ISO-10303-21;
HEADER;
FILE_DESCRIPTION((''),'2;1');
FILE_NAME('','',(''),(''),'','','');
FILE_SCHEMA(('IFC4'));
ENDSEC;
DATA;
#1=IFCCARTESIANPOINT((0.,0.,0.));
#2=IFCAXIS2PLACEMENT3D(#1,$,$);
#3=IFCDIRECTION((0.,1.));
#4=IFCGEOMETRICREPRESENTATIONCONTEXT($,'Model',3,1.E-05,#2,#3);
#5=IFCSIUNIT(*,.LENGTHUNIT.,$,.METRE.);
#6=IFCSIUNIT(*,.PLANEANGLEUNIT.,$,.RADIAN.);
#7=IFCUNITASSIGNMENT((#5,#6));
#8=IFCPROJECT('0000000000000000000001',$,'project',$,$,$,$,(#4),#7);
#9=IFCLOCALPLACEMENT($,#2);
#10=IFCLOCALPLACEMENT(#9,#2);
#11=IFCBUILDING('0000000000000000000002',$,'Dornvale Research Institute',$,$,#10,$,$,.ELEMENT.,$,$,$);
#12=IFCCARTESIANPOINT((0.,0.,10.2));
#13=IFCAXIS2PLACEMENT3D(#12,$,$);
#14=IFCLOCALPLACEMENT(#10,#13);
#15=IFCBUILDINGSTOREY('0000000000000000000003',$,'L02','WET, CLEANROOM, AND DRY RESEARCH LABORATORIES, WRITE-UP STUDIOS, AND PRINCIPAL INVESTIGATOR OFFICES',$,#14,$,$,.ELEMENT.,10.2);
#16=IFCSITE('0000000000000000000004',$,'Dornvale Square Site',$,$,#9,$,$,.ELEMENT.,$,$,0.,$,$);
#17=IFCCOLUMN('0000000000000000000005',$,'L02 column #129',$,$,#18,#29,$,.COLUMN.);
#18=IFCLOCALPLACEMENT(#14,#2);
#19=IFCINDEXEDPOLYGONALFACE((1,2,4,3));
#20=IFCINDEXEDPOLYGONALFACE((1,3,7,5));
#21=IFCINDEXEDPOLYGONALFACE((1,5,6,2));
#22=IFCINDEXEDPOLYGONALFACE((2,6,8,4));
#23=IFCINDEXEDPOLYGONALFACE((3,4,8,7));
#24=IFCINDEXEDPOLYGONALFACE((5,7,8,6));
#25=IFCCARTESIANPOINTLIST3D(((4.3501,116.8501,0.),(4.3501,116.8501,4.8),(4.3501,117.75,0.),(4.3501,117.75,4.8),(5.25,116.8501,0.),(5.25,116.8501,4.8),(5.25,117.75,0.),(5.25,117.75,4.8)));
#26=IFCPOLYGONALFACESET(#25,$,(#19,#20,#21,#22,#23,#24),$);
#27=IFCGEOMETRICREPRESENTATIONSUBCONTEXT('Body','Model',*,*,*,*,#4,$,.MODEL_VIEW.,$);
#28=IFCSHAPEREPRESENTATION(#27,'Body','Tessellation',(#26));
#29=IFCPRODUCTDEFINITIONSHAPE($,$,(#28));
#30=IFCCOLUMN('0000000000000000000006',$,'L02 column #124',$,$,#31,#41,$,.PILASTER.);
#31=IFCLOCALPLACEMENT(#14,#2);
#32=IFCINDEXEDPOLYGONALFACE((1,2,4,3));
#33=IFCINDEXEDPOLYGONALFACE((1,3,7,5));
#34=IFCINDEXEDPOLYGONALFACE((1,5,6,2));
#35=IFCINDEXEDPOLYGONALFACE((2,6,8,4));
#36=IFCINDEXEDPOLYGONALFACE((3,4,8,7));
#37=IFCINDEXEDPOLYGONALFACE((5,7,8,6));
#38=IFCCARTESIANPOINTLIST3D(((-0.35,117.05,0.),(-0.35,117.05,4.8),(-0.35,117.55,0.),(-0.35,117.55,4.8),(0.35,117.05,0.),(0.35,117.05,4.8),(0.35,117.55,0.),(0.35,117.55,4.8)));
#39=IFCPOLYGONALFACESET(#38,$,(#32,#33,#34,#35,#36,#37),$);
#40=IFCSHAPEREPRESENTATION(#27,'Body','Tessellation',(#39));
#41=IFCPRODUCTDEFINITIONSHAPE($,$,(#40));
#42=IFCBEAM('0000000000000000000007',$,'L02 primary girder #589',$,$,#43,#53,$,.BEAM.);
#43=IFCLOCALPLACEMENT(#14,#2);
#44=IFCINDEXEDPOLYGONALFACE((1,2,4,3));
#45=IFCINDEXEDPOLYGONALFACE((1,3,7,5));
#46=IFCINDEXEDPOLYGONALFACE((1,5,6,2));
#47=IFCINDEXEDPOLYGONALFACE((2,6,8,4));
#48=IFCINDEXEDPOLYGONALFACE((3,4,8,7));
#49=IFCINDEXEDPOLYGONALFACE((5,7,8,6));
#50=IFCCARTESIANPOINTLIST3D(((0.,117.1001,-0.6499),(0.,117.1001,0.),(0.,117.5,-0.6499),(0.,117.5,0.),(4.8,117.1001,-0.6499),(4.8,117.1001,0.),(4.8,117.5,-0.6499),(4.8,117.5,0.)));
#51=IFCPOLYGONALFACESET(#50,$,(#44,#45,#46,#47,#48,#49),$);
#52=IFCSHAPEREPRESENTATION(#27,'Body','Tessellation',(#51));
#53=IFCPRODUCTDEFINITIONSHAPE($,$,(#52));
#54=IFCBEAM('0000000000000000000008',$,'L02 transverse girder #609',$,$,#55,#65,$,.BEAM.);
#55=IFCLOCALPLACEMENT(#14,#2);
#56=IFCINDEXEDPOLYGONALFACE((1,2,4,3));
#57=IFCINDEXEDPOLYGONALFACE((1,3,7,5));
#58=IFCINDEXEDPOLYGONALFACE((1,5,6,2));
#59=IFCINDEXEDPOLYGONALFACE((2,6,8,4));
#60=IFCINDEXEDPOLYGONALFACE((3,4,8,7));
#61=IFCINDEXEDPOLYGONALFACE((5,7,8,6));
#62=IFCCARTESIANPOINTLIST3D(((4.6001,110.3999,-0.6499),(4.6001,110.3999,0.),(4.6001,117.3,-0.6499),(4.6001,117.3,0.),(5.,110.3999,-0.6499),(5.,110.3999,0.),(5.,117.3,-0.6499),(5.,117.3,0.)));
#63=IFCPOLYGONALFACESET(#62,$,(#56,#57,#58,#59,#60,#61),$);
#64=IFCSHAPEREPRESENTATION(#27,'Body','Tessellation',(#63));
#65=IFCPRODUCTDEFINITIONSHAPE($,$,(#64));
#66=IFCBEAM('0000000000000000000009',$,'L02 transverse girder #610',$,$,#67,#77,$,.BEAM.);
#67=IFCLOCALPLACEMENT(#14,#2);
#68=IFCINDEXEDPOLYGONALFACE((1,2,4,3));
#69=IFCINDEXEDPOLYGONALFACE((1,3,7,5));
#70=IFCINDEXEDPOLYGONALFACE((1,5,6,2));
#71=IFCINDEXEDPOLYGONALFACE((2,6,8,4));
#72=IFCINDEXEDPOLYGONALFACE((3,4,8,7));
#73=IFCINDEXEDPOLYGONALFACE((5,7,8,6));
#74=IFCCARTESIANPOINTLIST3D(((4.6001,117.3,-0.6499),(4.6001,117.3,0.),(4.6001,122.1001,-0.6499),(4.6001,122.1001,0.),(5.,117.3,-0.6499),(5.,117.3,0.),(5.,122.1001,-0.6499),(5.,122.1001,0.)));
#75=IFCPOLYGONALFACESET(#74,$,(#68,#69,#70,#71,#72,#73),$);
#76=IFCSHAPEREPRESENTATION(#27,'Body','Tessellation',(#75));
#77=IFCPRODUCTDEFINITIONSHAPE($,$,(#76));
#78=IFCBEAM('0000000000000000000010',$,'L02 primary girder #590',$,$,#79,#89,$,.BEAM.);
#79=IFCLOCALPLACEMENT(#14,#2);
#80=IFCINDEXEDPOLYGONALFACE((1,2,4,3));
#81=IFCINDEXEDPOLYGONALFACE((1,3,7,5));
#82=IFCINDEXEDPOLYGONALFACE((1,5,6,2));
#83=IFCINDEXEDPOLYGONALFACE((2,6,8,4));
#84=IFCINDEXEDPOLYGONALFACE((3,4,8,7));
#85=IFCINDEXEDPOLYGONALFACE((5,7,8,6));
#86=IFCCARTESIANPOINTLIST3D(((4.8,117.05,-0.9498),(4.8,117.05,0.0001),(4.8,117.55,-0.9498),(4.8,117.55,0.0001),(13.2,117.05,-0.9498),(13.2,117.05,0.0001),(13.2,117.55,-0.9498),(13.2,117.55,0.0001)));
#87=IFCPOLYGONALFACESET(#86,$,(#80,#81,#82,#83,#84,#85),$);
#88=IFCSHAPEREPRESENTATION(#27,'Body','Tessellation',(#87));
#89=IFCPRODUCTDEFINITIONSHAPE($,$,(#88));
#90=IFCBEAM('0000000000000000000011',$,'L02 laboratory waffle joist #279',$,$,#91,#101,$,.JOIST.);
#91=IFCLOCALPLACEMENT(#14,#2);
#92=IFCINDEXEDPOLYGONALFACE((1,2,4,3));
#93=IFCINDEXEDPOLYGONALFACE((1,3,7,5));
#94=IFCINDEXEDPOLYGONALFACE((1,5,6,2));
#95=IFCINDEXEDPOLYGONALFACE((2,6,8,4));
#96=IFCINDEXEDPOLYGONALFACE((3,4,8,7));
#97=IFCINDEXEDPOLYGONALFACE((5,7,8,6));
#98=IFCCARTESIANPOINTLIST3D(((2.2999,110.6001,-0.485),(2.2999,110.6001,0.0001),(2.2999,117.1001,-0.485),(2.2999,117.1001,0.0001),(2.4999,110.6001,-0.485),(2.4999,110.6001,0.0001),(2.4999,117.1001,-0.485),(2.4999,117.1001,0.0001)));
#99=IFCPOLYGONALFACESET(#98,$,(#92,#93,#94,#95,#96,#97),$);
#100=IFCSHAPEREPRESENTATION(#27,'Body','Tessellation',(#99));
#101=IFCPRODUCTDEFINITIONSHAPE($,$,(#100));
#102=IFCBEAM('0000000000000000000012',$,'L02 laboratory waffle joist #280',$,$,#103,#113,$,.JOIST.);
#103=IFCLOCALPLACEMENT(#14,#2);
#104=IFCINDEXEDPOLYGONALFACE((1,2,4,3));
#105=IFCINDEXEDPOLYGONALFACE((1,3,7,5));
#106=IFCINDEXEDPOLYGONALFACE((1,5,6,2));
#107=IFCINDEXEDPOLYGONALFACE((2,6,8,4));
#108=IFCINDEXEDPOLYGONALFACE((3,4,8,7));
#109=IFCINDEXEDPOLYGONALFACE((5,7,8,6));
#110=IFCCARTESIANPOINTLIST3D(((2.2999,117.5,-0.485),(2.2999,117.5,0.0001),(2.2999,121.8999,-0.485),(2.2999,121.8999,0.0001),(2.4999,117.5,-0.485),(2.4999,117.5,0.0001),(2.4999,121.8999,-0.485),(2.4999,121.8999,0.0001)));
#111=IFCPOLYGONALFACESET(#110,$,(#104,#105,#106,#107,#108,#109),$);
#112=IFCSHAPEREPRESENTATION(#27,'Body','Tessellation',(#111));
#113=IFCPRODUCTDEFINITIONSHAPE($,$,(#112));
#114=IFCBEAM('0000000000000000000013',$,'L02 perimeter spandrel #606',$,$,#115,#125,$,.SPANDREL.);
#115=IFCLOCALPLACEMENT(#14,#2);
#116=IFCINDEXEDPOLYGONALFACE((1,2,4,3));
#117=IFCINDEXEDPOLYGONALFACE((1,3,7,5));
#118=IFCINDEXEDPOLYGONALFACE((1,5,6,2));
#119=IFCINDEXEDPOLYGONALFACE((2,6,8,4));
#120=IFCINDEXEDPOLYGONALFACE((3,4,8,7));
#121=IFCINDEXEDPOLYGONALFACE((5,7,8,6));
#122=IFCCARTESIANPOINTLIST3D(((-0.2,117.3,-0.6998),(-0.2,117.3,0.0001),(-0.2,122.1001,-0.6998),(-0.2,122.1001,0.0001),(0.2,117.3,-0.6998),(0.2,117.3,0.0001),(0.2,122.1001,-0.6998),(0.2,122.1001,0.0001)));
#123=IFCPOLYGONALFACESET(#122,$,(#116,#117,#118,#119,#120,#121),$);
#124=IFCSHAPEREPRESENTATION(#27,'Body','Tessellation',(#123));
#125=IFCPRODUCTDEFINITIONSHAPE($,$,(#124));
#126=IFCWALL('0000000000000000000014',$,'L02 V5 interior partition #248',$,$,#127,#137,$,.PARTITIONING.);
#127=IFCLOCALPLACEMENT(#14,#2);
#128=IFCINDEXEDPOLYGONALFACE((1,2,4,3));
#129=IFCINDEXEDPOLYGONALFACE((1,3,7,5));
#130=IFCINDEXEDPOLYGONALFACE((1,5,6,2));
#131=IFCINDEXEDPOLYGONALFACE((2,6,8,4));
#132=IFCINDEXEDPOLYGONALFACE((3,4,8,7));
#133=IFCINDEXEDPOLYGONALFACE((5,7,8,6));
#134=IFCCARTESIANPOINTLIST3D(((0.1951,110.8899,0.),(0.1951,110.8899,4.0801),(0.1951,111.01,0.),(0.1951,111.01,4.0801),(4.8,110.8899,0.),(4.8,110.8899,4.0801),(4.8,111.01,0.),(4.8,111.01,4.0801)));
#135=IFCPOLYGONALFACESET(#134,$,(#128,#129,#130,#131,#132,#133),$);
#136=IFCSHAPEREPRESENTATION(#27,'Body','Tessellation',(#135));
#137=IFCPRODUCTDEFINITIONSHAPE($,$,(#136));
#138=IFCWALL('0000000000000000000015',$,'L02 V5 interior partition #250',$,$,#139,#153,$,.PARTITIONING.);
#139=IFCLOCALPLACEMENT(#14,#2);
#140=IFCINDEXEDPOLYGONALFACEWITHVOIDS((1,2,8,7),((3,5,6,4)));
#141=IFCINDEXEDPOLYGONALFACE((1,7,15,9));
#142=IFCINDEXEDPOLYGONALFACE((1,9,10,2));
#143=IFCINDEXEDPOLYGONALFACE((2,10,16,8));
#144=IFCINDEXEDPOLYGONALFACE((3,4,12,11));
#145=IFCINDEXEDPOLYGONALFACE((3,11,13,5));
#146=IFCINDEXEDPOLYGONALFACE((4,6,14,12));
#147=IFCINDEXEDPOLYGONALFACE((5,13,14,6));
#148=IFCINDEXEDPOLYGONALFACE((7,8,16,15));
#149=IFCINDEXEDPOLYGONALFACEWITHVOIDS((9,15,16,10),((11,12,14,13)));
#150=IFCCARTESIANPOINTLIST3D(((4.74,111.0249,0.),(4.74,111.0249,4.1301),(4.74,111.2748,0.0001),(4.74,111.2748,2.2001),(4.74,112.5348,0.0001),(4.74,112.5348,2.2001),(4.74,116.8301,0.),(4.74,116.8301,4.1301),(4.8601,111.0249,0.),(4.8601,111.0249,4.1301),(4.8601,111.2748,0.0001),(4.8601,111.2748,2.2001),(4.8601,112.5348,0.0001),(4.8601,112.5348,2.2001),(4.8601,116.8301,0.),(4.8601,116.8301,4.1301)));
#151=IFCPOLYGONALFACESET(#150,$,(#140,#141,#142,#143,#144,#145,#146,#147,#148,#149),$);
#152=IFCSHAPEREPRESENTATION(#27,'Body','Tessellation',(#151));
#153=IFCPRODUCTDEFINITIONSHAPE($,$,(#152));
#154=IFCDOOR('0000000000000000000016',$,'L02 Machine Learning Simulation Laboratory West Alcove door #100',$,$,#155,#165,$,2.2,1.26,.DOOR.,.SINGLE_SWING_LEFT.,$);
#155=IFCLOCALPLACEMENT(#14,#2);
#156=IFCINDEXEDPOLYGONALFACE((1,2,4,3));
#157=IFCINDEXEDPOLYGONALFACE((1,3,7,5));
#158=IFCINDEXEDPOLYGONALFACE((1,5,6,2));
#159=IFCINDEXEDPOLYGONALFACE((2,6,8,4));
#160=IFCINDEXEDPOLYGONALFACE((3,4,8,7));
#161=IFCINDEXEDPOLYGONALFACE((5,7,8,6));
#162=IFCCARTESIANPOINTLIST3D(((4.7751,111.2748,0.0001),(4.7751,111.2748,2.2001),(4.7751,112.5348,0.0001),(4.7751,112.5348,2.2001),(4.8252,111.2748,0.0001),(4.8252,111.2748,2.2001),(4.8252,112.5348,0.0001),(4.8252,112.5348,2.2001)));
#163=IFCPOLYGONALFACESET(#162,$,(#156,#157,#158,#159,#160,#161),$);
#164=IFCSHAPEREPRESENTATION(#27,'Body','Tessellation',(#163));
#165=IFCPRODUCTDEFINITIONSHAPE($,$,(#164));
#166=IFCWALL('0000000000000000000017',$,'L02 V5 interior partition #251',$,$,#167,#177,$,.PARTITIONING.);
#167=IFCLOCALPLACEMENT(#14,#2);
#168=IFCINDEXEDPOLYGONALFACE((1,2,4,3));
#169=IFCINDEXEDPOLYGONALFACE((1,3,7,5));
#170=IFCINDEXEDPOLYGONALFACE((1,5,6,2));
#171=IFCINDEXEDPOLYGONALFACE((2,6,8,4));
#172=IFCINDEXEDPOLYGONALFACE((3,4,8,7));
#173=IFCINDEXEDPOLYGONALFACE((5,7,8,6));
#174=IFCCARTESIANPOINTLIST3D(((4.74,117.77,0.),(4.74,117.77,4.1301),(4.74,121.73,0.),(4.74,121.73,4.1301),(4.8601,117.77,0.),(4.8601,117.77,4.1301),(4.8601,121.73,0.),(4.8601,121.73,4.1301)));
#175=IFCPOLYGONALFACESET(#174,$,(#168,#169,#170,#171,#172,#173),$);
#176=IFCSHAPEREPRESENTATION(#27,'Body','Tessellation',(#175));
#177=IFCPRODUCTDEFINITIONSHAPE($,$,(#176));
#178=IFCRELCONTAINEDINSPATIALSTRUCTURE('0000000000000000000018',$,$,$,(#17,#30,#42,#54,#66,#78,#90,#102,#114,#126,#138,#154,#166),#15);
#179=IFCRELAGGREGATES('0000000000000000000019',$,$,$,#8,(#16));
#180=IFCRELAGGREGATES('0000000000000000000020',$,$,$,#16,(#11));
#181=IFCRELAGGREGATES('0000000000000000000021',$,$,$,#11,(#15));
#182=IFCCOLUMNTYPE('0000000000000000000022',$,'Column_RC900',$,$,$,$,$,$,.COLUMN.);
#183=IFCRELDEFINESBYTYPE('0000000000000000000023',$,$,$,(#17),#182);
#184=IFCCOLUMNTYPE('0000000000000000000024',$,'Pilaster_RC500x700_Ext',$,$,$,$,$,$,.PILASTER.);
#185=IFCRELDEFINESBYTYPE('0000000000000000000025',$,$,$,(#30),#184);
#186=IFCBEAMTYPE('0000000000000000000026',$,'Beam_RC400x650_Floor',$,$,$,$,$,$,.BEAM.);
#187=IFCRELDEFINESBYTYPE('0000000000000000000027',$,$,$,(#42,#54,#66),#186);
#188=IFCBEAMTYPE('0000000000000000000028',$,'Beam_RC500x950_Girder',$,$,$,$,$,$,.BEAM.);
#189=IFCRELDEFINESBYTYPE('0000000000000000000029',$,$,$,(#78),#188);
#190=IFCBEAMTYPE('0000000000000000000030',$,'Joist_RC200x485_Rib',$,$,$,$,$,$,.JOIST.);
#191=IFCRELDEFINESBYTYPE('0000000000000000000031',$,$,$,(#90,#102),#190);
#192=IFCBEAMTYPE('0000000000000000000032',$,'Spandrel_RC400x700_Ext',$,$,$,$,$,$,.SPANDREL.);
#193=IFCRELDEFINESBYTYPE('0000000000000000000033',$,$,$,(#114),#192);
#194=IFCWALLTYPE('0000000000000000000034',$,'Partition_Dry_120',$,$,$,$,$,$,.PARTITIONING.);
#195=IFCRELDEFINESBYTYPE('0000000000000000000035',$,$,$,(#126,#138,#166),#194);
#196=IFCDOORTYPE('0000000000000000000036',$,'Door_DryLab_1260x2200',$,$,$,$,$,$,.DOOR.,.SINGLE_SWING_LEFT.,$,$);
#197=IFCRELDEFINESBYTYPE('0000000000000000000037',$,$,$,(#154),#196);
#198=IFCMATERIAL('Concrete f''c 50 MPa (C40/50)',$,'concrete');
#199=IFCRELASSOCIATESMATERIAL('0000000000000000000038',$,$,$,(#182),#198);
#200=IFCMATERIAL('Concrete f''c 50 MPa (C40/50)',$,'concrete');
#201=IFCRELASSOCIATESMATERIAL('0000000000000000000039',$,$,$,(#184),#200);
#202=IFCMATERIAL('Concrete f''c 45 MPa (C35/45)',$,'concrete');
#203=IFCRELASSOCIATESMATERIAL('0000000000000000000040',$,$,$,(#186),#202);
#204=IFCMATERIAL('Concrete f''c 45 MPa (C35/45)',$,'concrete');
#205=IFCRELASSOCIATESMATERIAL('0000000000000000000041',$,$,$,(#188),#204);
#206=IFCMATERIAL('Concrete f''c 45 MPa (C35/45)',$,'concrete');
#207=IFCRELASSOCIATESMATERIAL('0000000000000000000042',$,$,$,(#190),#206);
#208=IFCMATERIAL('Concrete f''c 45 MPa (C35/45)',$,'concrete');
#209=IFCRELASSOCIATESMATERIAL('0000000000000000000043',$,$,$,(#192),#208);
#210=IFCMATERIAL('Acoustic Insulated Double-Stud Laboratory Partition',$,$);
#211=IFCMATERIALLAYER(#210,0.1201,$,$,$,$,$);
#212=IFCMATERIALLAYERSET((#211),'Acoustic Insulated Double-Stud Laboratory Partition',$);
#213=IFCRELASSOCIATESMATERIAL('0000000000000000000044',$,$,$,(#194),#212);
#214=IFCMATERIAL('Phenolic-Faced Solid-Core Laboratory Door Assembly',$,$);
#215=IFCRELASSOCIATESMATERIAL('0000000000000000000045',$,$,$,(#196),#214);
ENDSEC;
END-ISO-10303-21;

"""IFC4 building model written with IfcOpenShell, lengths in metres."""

from ifc_helpers import new_model, si_unit, direction, frame, frame_2d, origin, origin_2d, place, context, subcontext, project, spatial, rectangle, extrude, material, layer, layer_set, material_profile, profile_set, type_object, element, fill, save


model = new_model("IFC4")

# Units and contexts
model_context = context("Model", 3, precision=1e-05, world=origin(), true_north=direction((0.0, 1.0)))
body_context = subcontext(model_context, "Body", "Model", "MODEL_VIEW")
ifc_project = project(units=[si_unit("LENGTHUNIT", "METRE"), si_unit("PLANEANGLEUNIT", "RADIAN")], contexts=[model_context])

# Site, building, storey
site_placement = place(None, origin())
site = spatial("IfcSite", under=ifc_project, at=site_placement, Name="Dornvale Square Site", CompositionType="ELEMENT", RefElevation=0.0)
building_placement = place(site_placement, origin())
building = spatial("IfcBuilding", under=site, at=building_placement, Name="Dornvale Research Institute", CompositionType="ELEMENT")
storey_placement = place(building_placement, frame((0.0, 0.0, 10.2)))
storey = spatial("IfcBuildingStorey", under=building, at=storey_placement, Name="L02", Description="WET, CLEANROOM, AND DRY RESEARCH LABORATORIES, WRITE-UP STUDIOS, AND PRINCIPAL INVESTIGATOR OFFICES", CompositionType="ELEMENT", Elevation=10.2)

# Columns
ifc_material_1 = material(Name="Concrete f'c 50 MPa (C40/50)", Category="concrete")
ifc_material_profile_1 = material_profile(ifc_material_1, rectangle(XDim=0.8999, YDim=0.8999, at=origin_2d()), Name="RC 900x900")
ifc_profile_set_1 = profile_set([ifc_material_profile_1], Name="Concrete f'c 50 MPa (C40/50)")
column_type_1 = type_object("IfcColumnType", Name="Column_RC900", PredefinedType="COLUMN", material=ifc_profile_set_1)
column_1_placement = place(storey_placement, frame((4.8, 117.3, 0.0), z_axis=(0.0, 0.0, 1.0), x_axis=(1.0, 0.0, 0.0)))
element("IfcColumn", 1, at=column_1_placement, inside=storey, type_object=column_type_1, Name="L02 column #129", PredefinedType="COLUMN", context=body_context, shape_type="SweptSolid", body=[
    extrude(rectangle(XDim=0.8999, YDim=0.8999, at=origin_2d()), origin(), (0.0, 0.0, 1.0), 4.8),
])
ifc_material_2 = material(Name="Concrete f'c 50 MPa (C40/50)", Category="concrete")
ifc_material_profile_2 = material_profile(ifc_material_2, rectangle(XDim=0.5, YDim=0.7, at=origin_2d()), Name="RC 500x700")
ifc_profile_set_2 = profile_set([ifc_material_profile_2], Name="Concrete f'c 50 MPa (C40/50)")
column_type_2 = type_object("IfcColumnType", Name="Pilaster_RC500x700_Ext", PredefinedType="PILASTER", material=ifc_profile_set_2)
column_2_placement = place(storey_placement, frame((0.0, 117.3, 0.0), z_axis=(0.0, 0.0, 1.0), x_axis=(0.0, 1.0, 0.0)))
element("IfcColumn", 2, at=column_2_placement, inside=storey, type_object=column_type_2, Name="L02 column #124", PredefinedType="PILASTER", context=body_context, shape_type="SweptSolid", body=[
    extrude(rectangle(XDim=0.5, YDim=0.7, at=origin_2d()), origin(), (0.0, 0.0, 1.0), 4.8),
])

# Beams
ifc_material_3 = material(Name="Concrete f'c 45 MPa (C35/45)", Category="concrete")
ifc_material_profile_3 = material_profile(ifc_material_3, rectangle(XDim=0.3999, YDim=0.6499, at=origin_2d()), Name="RC 400x650")
ifc_profile_set_3 = profile_set([ifc_material_profile_3], Name="Concrete f'c 45 MPa (C35/45)")
beam_type_1 = type_object("IfcBeamType", Name="Beam_RC400x650_Floor", PredefinedType="BEAM", material=ifc_profile_set_3)
beam_1_placement = place(storey_placement, frame((0.0, 117.3, -0.325), z_axis=(1.0, 0.0, 0.0), x_axis=(0.0, 1.0, 0.0)))
element("IfcBeam", 3, at=beam_1_placement, inside=storey, type_object=beam_type_1, Name="L02 primary girder #589", PredefinedType="BEAM", context=body_context, shape_type="SweptSolid", body=[
    extrude(rectangle(XDim=0.3999, YDim=0.6499, at=origin_2d()), origin(), (0.0, 0.0, 1.0), 4.8),
])
beam_2_placement = place(storey_placement, frame((4.8, 110.3999, -0.325), z_axis=(0.0, 1.0, 0.0), x_axis=(-1.0, 0.0, 0.0)))
element("IfcBeam", 4, at=beam_2_placement, inside=storey, type_object=beam_type_1, Name="L02 transverse girder #609", PredefinedType="BEAM", context=body_context, shape_type="SweptSolid", body=[
    extrude(rectangle(XDim=0.3999, YDim=0.6499, at=origin_2d()), origin(), (0.0, 0.0, 1.0), 6.9001),
])
beam_3_placement = place(storey_placement, frame((4.8, 117.3, -0.325), z_axis=(0.0, 1.0, 0.0), x_axis=(-1.0, 0.0, 0.0)))
element("IfcBeam", 5, at=beam_3_placement, inside=storey, type_object=beam_type_1, Name="L02 transverse girder #610", PredefinedType="BEAM", context=body_context, shape_type="SweptSolid", body=[
    extrude(rectangle(XDim=0.3999, YDim=0.6499, at=origin_2d()), origin(), (0.0, 0.0, 1.0), 4.8),
])
ifc_material_4 = material(Name="Concrete f'c 45 MPa (C35/45)", Category="concrete")
ifc_material_profile_4 = material_profile(ifc_material_4, rectangle(XDim=0.5, YDim=0.95, at=origin_2d()), Name="RC 500x950")
ifc_profile_set_4 = profile_set([ifc_material_profile_4], Name="Concrete f'c 45 MPa (C35/45)")
beam_type_2 = type_object("IfcBeamType", Name="Beam_RC500x950_Girder", PredefinedType="BEAM", material=ifc_profile_set_4)
beam_4_placement = place(storey_placement, frame((4.8, 117.3, -0.4749), z_axis=(1.0, 0.0, 0.0), x_axis=(0.0, 1.0, 0.0)))
element("IfcBeam", 6, at=beam_4_placement, inside=storey, type_object=beam_type_2, Name="L02 primary girder #590", PredefinedType="BEAM", context=body_context, shape_type="SweptSolid", body=[
    extrude(rectangle(XDim=0.5, YDim=0.95, at=origin_2d()), origin(), (0.0, 0.0, 1.0), 8.3999),
])
ifc_material_5 = material(Name="Concrete f'c 45 MPa (C35/45)", Category="concrete")
ifc_material_profile_5 = material_profile(ifc_material_5, rectangle(XDim=0.2, YDim=0.4851, at=origin_2d()), Name="RC 200x485")
ifc_profile_set_5 = profile_set([ifc_material_profile_5], Name="Concrete f'c 45 MPa (C35/45)")
beam_type_3 = type_object("IfcBeamType", Name="Joist_RC200x485_Rib", PredefinedType="JOIST", material=ifc_profile_set_5)
beam_5_placement = place(storey_placement, frame((2.3999, 110.6001, -0.2424), z_axis=(0.0, 1.0, 0.0), x_axis=(-1.0, 0.0, 0.0)))
element("IfcBeam", 7, at=beam_5_placement, inside=storey, type_object=beam_type_3, Name="L02 laboratory waffle joist #279", PredefinedType="JOIST", context=body_context, shape_type="SweptSolid", body=[
    extrude(rectangle(XDim=0.2, YDim=0.4851, at=origin_2d()), origin(), (0.0, 0.0, 1.0), 6.5),
])
beam_6_placement = place(storey_placement, frame((2.3999, 117.5, -0.2424), z_axis=(0.0, 1.0, 0.0), x_axis=(-1.0, 0.0, 0.0)))
element("IfcBeam", 8, at=beam_6_placement, inside=storey, type_object=beam_type_3, Name="L02 laboratory waffle joist #280", PredefinedType="JOIST", context=body_context, shape_type="SweptSolid", body=[
    extrude(rectangle(XDim=0.2, YDim=0.4851, at=origin_2d()), origin(), (0.0, 0.0, 1.0), 4.3999),
])
ifc_material_6 = material(Name="Concrete f'c 45 MPa (C35/45)", Category="concrete")
ifc_material_profile_6 = material_profile(ifc_material_6, rectangle(XDim=0.3999, YDim=0.7, at=origin_2d()), Name="RC 400x700")
ifc_profile_set_6 = profile_set([ifc_material_profile_6], Name="Concrete f'c 45 MPa (C35/45)")
beam_type_4 = type_object("IfcBeamType", Name="Spandrel_RC400x700_Ext", PredefinedType="SPANDREL", material=ifc_profile_set_6)
beam_7_placement = place(storey_placement, frame((0.0, 117.3, -0.3499), z_axis=(0.0, 1.0, 0.0), x_axis=(-1.0, 0.0, 0.0)))
element("IfcBeam", 9, at=beam_7_placement, inside=storey, type_object=beam_type_4, Name="L02 perimeter spandrel #606", PredefinedType="SPANDREL", context=body_context, shape_type="SweptSolid", body=[
    extrude(rectangle(XDim=0.3999, YDim=0.7, at=origin_2d()), origin(), (0.0, 0.0, 1.0), 4.8),
])

# Wall
ifc_material_7 = material(Name="Acoustic Insulated Double-Stud Laboratory Partition")
ifc_layer_1 = layer(ifc_material_7, 0.1201)
ifc_layer_set_1 = layer_set([ifc_layer_1], Name="Acoustic Insulated Double-Stud Laboratory Partition")
wall_type_1 = type_object("IfcWallType", Name="Partition_Dry_120", PredefinedType="PARTITIONING", material=ifc_layer_set_1)
wall_1_placement = place(storey_placement, frame((0.1951, 110.95, 0.0), z_axis=(0.0, 0.0, 1.0), x_axis=(1.0, 0.0, 0.0)))
element("IfcWall", 10, at=wall_1_placement, inside=storey, type_object=wall_type_1, Name="L02 V5 interior partition #248", PredefinedType="PARTITIONING", context=body_context, shape_type="SweptSolid", body=[
    extrude(rectangle(XDim=4.605, YDim=0.1201, at=frame_2d((2.3025, 0.0))), origin(), (0.0, 0.0, 1.0), 4.0801),
])

# Wall, opening, door
wall_2_placement = place(storey_placement, frame((4.8, 111.0249, 0.0), z_axis=(0.0, 0.0, 1.0), x_axis=(0.0, 1.0, 0.0)))
wall_2 = element("IfcWall", 11, at=wall_2_placement, inside=storey, type_object=wall_type_1, Name="L02 V5 interior partition #250", PredefinedType="PARTITIONING", context=body_context, shape_type="SweptSolid", body=[
    extrude(rectangle(XDim=5.8052, YDim=0.1201, at=frame_2d((2.9026, 0.0))), origin(), (0.0, 0.0, 1.0), 4.1301),
])
opening_1_placement = place(wall_2_placement, frame((0.25, 0.0, 0.0)))
opening_1 = element("IfcOpeningElement", 12, at=opening_1_placement, cuts=wall_2, PredefinedType="OPENING", context=body_context, shape_type="SweptSolid", body=[
    extrude(rectangle(XDim=1.26, YDim=2.2, at=frame_2d((0.6299, 1.1001))), frame((0.0, 0.075, 0.0), z_axis=(0.0, -1.0, 0.0), x_axis=(1.0, 0.0, 0.0)), (0.0, 0.0, 1.0), 0.1501),
])
ifc_material_8 = material(Name="Phenolic-Faced Solid-Core Laboratory Door Assembly")
door_type_1 = type_object("IfcDoorType", Name="Door_DryLab_1260x2200", OperationType="SINGLE_SWING_LEFT", PredefinedType="DOOR", material=ifc_material_8)
door_1_placement = place(opening_1_placement, origin())
door_1 = element("IfcDoor", 13, at=door_1_placement, inside=storey, type_object=door_type_1, Name="L02 Machine Learning Simulation Laboratory West Alcove door #100", OperationType="SINGLE_SWING_LEFT", OverallHeight=2.2, OverallWidth=1.26, PredefinedType="DOOR", context=body_context, shape_type="SweptSolid", body=[
    extrude(rectangle(XDim=1.26, YDim=2.2, at=frame_2d((0.6299, 1.1001))), frame((0.0, 0.0249, 0.0), z_axis=(0.0, -1.0, 0.0), x_axis=(1.0, 0.0, 0.0)), (0.0, 0.0, 1.0), 0.05),
])
fill(opening_1, door_1)

# Wall
wall_3_placement = place(storey_placement, frame((4.8, 117.77, 0.0), z_axis=(0.0, 0.0, 1.0), x_axis=(0.0, 1.0, 0.0)))
element("IfcWall", 14, at=wall_3_placement, inside=storey, type_object=wall_type_1, Name="L02 V5 interior partition #251", PredefinedType="PARTITIONING", context=body_context, shape_type="SweptSolid", body=[
    extrude(rectangle(XDim=3.96, YDim=0.1201, at=frame_2d((1.98, 0.0))), origin(), (0.0, 0.0, 1.0), 4.1301),
])

save(model, "model.ifc")
